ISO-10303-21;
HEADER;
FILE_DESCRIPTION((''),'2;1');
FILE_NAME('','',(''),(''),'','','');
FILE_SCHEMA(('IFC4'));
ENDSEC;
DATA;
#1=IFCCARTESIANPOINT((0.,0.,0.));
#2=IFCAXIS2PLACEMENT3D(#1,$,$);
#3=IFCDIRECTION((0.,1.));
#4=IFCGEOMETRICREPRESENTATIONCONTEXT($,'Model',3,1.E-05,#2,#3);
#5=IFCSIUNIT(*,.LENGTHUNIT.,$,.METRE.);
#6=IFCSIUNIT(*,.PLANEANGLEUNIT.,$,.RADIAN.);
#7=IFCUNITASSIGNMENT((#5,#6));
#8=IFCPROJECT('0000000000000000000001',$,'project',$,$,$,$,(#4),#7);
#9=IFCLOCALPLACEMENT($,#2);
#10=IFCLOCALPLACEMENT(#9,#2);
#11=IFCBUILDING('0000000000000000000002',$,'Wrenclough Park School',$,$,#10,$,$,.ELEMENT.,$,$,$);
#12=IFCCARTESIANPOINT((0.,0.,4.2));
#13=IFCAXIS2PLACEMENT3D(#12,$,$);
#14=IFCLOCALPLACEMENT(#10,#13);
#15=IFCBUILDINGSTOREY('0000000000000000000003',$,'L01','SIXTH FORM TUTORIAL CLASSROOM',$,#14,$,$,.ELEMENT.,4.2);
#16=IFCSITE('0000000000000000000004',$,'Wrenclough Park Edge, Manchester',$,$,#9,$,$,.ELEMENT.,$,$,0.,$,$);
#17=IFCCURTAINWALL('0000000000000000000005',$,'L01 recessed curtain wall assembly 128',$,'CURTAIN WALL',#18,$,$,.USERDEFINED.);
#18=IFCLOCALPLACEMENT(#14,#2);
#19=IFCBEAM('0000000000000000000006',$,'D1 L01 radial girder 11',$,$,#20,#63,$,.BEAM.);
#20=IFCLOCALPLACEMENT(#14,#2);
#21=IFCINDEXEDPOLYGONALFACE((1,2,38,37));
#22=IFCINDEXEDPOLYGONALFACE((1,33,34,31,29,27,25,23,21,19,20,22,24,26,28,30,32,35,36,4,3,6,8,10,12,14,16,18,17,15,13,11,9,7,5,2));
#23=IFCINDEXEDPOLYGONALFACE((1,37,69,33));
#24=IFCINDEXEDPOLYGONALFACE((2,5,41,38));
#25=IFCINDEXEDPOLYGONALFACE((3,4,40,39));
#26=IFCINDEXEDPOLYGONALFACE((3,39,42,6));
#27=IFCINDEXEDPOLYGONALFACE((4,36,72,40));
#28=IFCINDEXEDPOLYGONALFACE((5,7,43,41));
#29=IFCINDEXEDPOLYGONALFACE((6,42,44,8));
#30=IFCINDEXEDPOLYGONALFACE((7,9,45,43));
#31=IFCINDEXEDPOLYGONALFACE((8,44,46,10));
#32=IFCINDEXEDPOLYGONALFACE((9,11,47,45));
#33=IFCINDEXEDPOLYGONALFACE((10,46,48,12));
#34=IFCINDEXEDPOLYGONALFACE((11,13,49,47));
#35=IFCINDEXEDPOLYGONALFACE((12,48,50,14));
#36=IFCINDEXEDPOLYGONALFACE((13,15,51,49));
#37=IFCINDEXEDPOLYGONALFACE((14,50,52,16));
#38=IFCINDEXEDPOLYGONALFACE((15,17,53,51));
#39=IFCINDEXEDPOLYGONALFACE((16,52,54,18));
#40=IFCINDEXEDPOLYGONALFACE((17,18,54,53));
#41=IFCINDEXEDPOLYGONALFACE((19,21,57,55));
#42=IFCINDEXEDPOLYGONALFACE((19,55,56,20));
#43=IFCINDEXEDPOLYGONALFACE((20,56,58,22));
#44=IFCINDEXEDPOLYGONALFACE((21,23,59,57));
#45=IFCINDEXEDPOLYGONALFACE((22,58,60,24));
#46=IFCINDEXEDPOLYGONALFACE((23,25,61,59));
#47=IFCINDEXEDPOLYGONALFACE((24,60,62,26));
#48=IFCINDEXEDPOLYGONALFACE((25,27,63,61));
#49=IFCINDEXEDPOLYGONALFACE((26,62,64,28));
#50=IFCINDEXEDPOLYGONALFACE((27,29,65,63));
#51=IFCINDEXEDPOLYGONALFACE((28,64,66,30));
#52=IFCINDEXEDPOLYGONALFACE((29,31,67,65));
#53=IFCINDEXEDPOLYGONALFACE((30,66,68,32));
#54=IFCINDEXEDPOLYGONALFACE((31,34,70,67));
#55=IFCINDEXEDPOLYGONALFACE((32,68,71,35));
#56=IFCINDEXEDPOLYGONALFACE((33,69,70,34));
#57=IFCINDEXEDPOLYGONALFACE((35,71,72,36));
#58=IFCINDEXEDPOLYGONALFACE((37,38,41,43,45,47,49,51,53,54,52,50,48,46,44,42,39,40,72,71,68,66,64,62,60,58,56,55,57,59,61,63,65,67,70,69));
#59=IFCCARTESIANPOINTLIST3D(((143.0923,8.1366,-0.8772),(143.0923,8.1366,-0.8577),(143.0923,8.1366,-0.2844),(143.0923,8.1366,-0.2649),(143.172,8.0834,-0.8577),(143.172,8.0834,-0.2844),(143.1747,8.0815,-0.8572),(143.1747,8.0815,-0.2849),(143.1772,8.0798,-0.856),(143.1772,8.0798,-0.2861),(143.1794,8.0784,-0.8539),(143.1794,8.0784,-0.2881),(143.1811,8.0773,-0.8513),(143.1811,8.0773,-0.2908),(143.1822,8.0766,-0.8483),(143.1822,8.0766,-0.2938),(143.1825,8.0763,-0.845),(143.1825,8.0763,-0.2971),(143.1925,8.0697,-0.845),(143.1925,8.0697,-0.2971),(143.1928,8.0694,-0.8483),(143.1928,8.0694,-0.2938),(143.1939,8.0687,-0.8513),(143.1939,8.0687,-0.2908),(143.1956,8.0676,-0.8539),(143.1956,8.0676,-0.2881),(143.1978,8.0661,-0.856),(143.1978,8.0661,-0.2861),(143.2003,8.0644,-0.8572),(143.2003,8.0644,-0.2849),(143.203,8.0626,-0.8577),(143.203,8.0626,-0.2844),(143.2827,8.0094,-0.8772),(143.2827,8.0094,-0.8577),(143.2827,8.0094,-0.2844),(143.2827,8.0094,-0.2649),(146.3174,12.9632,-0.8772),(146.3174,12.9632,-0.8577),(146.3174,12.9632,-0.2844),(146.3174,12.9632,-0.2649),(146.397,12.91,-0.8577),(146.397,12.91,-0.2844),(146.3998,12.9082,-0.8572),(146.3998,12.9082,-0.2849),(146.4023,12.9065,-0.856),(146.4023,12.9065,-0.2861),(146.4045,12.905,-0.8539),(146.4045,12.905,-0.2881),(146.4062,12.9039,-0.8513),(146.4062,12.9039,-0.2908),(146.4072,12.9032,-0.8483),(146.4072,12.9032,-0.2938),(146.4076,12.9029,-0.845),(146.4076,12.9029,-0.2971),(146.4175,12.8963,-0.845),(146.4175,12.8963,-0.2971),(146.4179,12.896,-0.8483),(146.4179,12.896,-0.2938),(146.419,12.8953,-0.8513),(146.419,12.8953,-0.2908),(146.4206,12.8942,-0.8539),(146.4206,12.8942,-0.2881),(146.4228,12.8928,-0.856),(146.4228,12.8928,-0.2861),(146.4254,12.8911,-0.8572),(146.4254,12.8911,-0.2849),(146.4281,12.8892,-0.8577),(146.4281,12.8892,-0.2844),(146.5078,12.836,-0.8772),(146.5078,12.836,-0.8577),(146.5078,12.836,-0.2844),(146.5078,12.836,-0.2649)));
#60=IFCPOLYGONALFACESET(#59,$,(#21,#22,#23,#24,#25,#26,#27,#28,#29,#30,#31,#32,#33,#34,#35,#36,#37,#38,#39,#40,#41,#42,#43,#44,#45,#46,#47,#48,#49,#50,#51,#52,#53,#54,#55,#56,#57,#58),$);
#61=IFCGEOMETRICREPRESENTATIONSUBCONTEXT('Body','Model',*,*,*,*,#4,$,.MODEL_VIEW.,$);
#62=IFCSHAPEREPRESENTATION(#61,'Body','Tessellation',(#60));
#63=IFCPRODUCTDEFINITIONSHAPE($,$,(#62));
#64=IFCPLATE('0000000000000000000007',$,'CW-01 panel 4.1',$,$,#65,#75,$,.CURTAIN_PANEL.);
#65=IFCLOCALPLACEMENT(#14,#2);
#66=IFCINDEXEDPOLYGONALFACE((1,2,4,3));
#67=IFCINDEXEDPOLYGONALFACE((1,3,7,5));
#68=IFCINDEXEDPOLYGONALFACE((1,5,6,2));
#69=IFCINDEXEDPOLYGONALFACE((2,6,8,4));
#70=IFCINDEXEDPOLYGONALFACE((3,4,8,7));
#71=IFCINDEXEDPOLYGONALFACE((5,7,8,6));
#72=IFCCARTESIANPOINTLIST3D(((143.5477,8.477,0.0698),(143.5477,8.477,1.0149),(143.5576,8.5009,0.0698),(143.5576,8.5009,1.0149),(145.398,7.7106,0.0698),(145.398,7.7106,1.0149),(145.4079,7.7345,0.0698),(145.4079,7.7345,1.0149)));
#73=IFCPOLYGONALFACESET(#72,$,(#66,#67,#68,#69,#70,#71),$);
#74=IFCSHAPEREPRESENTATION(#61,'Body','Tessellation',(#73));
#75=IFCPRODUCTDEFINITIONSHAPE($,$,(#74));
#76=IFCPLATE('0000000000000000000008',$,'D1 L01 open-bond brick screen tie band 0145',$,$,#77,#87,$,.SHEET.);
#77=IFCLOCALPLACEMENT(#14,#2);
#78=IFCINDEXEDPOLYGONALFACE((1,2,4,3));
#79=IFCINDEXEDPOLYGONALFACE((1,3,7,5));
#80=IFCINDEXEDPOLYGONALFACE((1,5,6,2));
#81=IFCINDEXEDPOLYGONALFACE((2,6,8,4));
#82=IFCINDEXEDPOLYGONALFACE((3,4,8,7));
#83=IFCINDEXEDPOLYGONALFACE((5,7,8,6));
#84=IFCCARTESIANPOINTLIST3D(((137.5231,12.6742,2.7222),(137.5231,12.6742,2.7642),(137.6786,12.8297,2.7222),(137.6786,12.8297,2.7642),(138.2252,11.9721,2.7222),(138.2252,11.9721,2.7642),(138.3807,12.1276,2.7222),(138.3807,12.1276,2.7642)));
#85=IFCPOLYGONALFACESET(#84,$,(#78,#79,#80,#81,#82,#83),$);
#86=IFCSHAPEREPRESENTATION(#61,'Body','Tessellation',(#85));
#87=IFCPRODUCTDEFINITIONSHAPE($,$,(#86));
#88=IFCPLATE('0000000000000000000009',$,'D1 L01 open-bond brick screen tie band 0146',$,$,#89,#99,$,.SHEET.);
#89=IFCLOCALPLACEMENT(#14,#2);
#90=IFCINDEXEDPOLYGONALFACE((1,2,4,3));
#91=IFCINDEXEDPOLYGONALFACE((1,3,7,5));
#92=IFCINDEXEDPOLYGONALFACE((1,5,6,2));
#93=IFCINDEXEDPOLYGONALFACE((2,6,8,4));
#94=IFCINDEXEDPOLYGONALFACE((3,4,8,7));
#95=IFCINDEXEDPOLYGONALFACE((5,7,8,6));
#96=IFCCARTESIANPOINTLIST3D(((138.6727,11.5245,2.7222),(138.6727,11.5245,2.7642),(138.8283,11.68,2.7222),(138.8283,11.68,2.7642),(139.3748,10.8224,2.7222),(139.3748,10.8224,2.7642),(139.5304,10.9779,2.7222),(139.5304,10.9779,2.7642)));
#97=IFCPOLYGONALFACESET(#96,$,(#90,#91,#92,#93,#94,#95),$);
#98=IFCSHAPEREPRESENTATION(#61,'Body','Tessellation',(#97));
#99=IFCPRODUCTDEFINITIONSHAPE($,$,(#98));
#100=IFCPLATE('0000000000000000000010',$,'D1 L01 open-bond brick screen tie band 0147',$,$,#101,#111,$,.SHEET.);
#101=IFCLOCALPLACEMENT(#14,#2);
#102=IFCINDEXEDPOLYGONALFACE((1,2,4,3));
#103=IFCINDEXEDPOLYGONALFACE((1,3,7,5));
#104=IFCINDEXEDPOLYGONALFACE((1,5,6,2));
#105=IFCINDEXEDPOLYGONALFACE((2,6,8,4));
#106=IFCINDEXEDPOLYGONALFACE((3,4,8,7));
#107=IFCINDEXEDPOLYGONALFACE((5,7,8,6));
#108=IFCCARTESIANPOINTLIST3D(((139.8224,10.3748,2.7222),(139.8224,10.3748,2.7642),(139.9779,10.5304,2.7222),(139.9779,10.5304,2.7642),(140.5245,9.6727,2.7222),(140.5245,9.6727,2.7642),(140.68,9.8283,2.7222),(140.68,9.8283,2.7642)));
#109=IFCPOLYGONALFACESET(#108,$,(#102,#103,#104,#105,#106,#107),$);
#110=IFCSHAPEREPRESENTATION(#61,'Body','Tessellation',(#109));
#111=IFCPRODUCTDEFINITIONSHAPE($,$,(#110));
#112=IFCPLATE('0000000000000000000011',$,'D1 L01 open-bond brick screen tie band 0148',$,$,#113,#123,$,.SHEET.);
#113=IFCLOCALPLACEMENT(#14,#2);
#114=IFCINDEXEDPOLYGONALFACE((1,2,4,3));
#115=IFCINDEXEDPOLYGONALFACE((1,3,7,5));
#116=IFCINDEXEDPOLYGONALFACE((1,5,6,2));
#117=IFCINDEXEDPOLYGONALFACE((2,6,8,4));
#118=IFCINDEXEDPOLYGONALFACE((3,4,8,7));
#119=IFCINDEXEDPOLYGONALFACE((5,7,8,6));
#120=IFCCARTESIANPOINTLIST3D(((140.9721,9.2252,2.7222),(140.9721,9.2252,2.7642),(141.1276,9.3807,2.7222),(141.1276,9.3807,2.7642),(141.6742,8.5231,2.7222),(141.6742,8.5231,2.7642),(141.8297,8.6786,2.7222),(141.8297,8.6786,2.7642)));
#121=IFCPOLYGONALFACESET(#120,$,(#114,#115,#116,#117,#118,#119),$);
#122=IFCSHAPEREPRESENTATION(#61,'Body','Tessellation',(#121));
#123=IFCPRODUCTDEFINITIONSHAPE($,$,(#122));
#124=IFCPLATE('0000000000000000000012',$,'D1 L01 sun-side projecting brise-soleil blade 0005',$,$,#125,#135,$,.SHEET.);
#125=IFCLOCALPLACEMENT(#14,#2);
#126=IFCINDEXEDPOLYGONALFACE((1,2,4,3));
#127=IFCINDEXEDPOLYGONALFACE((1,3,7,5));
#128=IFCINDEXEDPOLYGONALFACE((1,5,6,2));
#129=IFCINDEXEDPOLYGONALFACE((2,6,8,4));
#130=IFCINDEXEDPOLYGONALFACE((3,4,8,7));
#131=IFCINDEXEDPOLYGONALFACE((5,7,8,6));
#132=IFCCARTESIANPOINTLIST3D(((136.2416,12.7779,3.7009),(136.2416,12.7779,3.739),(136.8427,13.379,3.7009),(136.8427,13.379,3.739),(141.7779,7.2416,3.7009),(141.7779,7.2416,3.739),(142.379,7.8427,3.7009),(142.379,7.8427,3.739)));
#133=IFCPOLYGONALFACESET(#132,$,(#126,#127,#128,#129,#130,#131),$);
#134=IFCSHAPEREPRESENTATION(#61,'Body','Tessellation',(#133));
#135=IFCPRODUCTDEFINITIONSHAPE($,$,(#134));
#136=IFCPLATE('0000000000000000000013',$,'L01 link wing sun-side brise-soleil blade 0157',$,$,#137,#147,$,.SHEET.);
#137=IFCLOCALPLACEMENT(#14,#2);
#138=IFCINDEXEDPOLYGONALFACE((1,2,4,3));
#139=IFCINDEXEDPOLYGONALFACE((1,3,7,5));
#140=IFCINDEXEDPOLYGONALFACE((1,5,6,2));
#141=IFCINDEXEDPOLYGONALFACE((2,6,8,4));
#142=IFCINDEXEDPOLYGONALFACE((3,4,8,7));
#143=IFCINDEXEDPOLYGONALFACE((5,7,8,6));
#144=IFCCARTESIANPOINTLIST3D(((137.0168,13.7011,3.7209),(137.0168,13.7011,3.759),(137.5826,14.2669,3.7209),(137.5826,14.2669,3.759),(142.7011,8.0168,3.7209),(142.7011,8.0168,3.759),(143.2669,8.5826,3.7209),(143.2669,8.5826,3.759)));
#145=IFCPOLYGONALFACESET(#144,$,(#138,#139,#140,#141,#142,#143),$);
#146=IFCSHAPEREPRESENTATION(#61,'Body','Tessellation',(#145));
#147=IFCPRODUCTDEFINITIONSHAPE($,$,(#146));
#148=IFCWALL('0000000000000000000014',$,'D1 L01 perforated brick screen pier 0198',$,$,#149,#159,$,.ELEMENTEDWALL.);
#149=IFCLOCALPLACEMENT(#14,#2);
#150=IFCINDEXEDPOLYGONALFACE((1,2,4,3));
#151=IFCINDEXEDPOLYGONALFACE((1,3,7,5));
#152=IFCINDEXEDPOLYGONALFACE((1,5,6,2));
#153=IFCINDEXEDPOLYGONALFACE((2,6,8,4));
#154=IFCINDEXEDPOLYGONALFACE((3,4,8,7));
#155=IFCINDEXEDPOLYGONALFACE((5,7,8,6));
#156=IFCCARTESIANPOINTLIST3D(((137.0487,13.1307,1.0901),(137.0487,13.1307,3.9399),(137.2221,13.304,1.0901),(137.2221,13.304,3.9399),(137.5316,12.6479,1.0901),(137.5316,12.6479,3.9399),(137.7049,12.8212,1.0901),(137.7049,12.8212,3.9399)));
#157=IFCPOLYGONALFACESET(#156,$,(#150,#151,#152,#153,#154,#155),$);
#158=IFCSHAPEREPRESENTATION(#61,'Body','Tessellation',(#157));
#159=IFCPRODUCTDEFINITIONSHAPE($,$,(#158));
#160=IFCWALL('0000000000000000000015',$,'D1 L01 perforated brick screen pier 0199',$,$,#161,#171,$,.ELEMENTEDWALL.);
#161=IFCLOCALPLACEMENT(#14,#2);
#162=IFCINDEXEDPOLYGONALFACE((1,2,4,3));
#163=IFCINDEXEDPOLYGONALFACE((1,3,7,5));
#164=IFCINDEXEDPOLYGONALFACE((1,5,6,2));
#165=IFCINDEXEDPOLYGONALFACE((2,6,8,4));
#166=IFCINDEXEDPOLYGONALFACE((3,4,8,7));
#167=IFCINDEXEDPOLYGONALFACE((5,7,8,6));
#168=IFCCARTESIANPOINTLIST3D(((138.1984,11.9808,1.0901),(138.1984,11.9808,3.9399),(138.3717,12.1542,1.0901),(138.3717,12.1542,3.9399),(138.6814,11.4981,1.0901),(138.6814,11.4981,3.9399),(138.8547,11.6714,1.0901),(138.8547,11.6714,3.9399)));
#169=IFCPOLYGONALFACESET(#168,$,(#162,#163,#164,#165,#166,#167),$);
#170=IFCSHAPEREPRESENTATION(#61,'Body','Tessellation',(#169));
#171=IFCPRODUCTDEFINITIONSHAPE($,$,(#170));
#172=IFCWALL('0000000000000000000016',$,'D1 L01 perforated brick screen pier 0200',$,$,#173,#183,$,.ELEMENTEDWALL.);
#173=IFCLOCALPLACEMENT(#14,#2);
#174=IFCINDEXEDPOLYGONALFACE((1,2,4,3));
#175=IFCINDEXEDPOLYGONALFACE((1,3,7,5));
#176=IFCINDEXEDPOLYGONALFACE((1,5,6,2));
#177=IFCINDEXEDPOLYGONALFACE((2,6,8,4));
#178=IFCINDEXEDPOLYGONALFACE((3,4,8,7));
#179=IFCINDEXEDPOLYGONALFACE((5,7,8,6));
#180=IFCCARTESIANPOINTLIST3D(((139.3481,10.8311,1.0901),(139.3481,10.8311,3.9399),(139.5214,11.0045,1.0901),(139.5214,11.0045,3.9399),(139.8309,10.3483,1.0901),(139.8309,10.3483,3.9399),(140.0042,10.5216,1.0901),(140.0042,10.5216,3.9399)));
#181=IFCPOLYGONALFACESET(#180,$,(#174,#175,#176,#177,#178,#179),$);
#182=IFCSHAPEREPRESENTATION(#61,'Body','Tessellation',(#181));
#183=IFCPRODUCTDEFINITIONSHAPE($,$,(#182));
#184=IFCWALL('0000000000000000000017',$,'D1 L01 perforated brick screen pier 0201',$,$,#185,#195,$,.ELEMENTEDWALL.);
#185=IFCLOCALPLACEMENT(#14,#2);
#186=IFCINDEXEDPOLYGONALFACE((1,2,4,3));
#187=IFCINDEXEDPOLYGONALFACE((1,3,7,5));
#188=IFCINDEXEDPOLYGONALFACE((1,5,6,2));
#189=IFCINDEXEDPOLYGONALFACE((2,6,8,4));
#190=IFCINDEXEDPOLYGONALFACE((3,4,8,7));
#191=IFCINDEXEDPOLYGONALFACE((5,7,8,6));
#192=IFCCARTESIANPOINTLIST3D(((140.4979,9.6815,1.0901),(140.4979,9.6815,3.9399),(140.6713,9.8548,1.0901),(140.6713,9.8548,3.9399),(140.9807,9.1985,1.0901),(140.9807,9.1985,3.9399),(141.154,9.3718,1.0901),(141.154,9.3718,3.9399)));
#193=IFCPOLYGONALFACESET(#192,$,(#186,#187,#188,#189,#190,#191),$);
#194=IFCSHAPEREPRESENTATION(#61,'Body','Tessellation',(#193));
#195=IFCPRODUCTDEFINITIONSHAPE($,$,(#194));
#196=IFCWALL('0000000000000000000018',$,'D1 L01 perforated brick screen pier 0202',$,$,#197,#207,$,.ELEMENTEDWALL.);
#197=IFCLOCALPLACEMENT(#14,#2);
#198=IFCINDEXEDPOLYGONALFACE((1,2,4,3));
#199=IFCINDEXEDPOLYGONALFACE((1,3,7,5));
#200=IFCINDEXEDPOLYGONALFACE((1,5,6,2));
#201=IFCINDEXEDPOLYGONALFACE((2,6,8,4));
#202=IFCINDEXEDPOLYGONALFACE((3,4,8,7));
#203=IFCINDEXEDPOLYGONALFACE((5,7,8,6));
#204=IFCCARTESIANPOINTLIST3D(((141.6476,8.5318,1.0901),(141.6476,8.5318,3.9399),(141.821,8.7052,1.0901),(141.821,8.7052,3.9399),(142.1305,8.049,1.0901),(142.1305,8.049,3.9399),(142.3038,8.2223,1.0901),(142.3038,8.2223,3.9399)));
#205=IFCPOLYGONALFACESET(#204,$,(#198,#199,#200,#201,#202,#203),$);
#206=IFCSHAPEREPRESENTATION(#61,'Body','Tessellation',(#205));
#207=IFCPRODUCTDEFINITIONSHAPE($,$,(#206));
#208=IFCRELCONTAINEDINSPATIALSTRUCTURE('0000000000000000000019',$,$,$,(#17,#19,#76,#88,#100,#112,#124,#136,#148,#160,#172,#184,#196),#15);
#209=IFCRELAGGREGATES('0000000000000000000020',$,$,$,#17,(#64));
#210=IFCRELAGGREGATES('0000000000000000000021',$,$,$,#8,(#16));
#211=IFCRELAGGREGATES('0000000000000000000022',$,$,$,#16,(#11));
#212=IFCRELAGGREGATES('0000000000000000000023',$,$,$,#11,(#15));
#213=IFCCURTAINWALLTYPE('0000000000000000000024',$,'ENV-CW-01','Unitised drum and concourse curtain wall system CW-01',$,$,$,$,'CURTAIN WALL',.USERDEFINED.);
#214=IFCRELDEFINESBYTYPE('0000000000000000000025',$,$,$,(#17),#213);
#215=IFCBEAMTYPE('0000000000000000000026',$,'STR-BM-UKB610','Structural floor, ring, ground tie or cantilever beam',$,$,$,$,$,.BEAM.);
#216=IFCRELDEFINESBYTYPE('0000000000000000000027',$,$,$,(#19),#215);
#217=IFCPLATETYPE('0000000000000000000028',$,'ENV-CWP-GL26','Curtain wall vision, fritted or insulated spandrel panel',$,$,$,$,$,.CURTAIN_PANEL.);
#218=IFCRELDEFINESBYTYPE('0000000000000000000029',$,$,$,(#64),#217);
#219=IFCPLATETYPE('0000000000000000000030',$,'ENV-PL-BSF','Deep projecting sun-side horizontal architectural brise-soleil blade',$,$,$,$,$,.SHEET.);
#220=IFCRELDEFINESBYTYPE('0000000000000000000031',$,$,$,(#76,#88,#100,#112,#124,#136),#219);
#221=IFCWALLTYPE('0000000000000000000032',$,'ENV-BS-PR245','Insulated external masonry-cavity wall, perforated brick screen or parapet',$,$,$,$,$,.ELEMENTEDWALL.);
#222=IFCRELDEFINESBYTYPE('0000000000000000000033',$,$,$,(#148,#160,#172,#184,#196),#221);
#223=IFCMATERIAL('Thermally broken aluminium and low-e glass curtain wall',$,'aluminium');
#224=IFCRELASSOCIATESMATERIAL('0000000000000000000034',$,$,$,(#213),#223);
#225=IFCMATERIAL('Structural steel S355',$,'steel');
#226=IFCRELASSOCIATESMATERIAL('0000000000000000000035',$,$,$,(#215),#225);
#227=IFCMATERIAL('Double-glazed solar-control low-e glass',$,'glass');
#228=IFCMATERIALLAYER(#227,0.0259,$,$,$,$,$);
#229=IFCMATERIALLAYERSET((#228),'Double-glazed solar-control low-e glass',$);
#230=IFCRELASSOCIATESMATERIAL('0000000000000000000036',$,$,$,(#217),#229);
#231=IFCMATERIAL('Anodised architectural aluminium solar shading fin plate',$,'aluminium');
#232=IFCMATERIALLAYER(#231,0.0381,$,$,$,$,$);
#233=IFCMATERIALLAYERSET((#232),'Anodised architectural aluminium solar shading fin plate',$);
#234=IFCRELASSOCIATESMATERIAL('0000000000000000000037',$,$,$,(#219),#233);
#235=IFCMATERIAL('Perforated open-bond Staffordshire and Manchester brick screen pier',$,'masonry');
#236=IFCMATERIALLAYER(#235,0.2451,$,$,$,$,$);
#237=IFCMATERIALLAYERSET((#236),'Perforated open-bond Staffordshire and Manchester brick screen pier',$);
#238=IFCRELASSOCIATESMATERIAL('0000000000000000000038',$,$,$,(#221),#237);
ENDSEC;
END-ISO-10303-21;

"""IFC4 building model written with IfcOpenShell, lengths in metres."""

from ifc_helpers import new_model, si_unit, direction, frame, frame_2d, origin, origin_2d, place, context, subcontext, project, spatial, rectangle, i_section, extrude, material, layer, layer_set, material_profile, profile_set, type_object, element, aggregate, save


model = new_model("IFC4")

# Units and contexts
model_context = context("Model", 3, precision=1e-05, world=origin(), true_north=direction((0.0, 1.0)))
body_context = subcontext(model_context, "Body", "Model", "MODEL_VIEW")
ifc_project = project(units=[si_unit("LENGTHUNIT", "METRE"), si_unit("PLANEANGLEUNIT", "RADIAN")], contexts=[model_context])

# Site, building, storey
site_placement = place(None, origin())
site = spatial("IfcSite", under=ifc_project, at=site_placement, Name="Wrenclough Park Edge, Manchester", CompositionType="ELEMENT", RefElevation=0.0)
building_placement = place(site_placement, origin())
building = spatial("IfcBuilding", under=site, at=building_placement, Name="Wrenclough Park School", CompositionType="ELEMENT")
storey_placement = place(building_placement, frame((0.0, 0.0, 4.2)))
storey = spatial("IfcBuildingStorey", under=building, at=storey_placement, Name="L01", Description="SIXTH FORM TUTORIAL CLASSROOM", CompositionType="ELEMENT", Elevation=4.2)

# Curtain wall
ifc_material_1 = material(Name="Thermally broken aluminium and low-e glass curtain wall", Category="aluminium")
curtain_wall_type_1 = type_object("IfcCurtainWallType", Name="ENV-CW-01", Description="Unitised drum and concourse curtain wall system CW-01", ElementType="CURTAIN WALL", PredefinedType="USERDEFINED", material=ifc_material_1)
curtain_wall_1_placement = place(storey_placement, origin())
curtain_wall_1 = element("IfcCurtainWall", 1, at=curtain_wall_1_placement, inside=storey, type_object=curtain_wall_type_1, Name="L01 recessed curtain wall assembly 128", ObjectType="CURTAIN WALL", PredefinedType="USERDEFINED")

# Beam
ifc_material_2 = material(Name="Structural steel S355", Category="steel")
ifc_material_profile_1 = material_profile(ifc_material_2, i_section(OverallWidth=0.229, OverallDepth=0.6123, WebThickness=0.012, FlangeThickness=0.0195, FilletRadius=0.0127, at=origin_2d()), Name="UKB 610x229x125")
ifc_profile_set_1 = profile_set([ifc_material_profile_1], Name="Structural steel S355")
beam_type_1 = type_object("IfcBeamType", Name="STR-BM-UKB610", Description="Structural floor, ring, ground tie or cantilever beam", PredefinedType="BEAM", material=ifc_profile_set_1)
for number, where, z_axis, x_axis, name in (
    (2, (143.1875, 8.073, -0.571), (0.555573, 0.831468, 0.0), (-0.831468, 0.555573, 0.0), "D1 L01 radial girder 11"),
):
    element("IfcBeam", number, at=place(storey_placement, frame(where, z_axis=z_axis, x_axis=x_axis)), inside=storey, type_object=beam_type_1, Name=name, PredefinedType="BEAM", context=body_context, shape_type="SweptSolid", body=[
        extrude(i_section(OverallWidth=0.229, OverallDepth=0.6123, WebThickness=0.012, FlangeThickness=0.0195, FilletRadius=0.0127, at=origin_2d()), origin(), (0.0, 0.0, 1.0), 5.8049),
    ])

# Plate
ifc_material_3 = material(Name="Double-glazed solar-control low-e glass", Category="glass")
ifc_layer_1 = layer(ifc_material_3, 0.0259)
ifc_layer_set_1 = layer_set([ifc_layer_1], Name="Double-glazed solar-control low-e glass")
plate_type_1 = type_object("IfcPlateType", Name="ENV-CWP-GL26", Description="Curtain wall vision, fritted or insulated spandrel panel", PredefinedType="CURTAIN_PANEL", material=ifc_layer_set_1)
plate_1_placement = place(storey_placement, frame((144.4778, 8.1057, 0.0698), z_axis=(0.0, 0.0, 1.0), x_axis=(-0.923878, 0.382687, 0.0)))
plate_1 = element("IfcPlate", 3, at=plate_1_placement, type_object=plate_type_1, Name="CW-01 panel 4.1", PredefinedType="CURTAIN_PANEL", context=body_context, shape_type="SweptSolid", body=[
    extrude(rectangle(XDim=2.0027, YDim=0.0259, at=origin_2d()), origin(), (0.0, 0.0, 1.0), 0.9451),
])
aggregate(curtain_wall_1, [plate_1])

# Plates
ifc_material_4 = material(Name="Anodised architectural aluminium solar shading fin plate", Category="aluminium")
ifc_layer_2 = layer(ifc_material_4, 0.0381)
ifc_layer_set_2 = layer_set([ifc_layer_2], Name="Anodised architectural aluminium solar shading fin plate")
plate_type_2 = type_object("IfcPlateType", Name="ENV-PL-BSF", Description="Deep projecting sun-side horizontal architectural brise-soleil blade", PredefinedType="SHEET", material=ifc_layer_set_2)
for number, where, z_axis, x_axis, name in (
    (4, (137.9519, 12.4009, 2.7222), (0.0, 0.0, 1.0), (0.707107, -0.707107, 0.0), "D1 L01 open-bond brick screen tie band 0145"),
    (5, (139.1016, 11.2512, 2.7222), (0.0, 0.0, 1.0), (0.707107, -0.707107, 0.0), "D1 L01 open-bond brick screen tie band 0146"),
    (6, (140.2512, 10.1016, 2.7222), (0.0, 0.0, 1.0), (0.707107, -0.707107, 0.0), "D1 L01 open-bond brick screen tie band 0147"),
    (7, (141.4009, 8.9519, 2.7222), (0.0, 0.0, 1.0), (0.707107, -0.707107, 0.0), "D1 L01 open-bond brick screen tie band 0148"),
):
    element("IfcPlate", number, at=place(storey_placement, frame(where, z_axis=z_axis, x_axis=x_axis)), inside=storey, type_object=plate_type_2, Name=name, PredefinedType="SHEET", context=body_context, shape_type="SweptSolid", body=[
        extrude(rectangle(XDim=0.9929, YDim=0.22, at=origin_2d()), origin(), (0.0, 0.0, 1.0), 0.042),
    ])
plate_2_placement = place(storey_placement, frame((139.3103, 10.3103, 3.7009), z_axis=(0.0, 0.0, 1.0), x_axis=(0.707107, -0.707107, 0.0)))
element("IfcPlate", 8, at=plate_2_placement, inside=storey, type_object=plate_type_2, Name="D1 L01 sun-side projecting brise-soleil blade 0005", PredefinedType="SHEET", context=body_context, shape_type="SweptSolid", body=[
    extrude(rectangle(XDim=7.8296, YDim=0.8501, at=origin_2d()), origin(), (0.0, 0.0, 1.0), 0.0381),
])
plate_3_placement = place(storey_placement, frame((140.1418, 11.1418, 3.7209), z_axis=(0.0, 0.0, 1.0), x_axis=(-0.707107, 0.707107, 0.0)))
element("IfcPlate", 9, at=plate_3_placement, inside=storey, type_object=plate_type_2, Name="L01 link wing sun-side brise-soleil blade 0157", PredefinedType="SHEET", context=body_context, shape_type="SweptSolid", body=[
    extrude(rectangle(XDim=8.0388, YDim=0.8, at=origin_2d()), origin(), (0.0, 0.0, 1.0), 0.0381),
])

# Walls
ifc_material_5 = material(Name="Perforated open-bond Staffordshire and Manchester brick screen pier", Category="masonry")
ifc_layer_3 = layer(ifc_material_5, 0.2451)
ifc_layer_set_3 = layer_set([ifc_layer_3], Name="Perforated open-bond Staffordshire and Manchester brick screen pier")
wall_type_1 = type_object("IfcWallType", Name="ENV-BS-PR245", Description="Insulated external masonry-cavity wall, perforated brick screen or parapet", PredefinedType="ELEMENTEDWALL", material=ifc_layer_set_3)
for number, where, z_axis, x_axis, name in (
    (10, (137.1355, 13.2173, 1.0901), (0.0, 0.0, 1.0), (0.707107, -0.707107, 0.0), "D1 L01 perforated brick screen pier 0198"),
    (11, (138.2852, 12.0674, 1.0901), (0.0, 0.0, 1.0), (0.707286, -0.706928, 0.0), "D1 L01 perforated brick screen pier 0199"),
    (12, (139.4348, 10.9177, 1.0901), (0.0, 0.0, 1.0), (0.707107, -0.707107, 0.0), "D1 L01 perforated brick screen pier 0200"),
    (13, (140.5847, 9.7681, 1.0901), (0.0, 0.0, 1.0), (0.706928, -0.707286, 0.0), "D1 L01 perforated brick screen pier 0201"),
    (14, (141.7344, 8.6184, 1.0901), (0.0, 0.0, 1.0), (0.707107, -0.707107, 0.0), "D1 L01 perforated brick screen pier 0202"),
):
    element("IfcWall", number, at=place(storey_placement, frame(where, z_axis=z_axis, x_axis=x_axis)), inside=storey, type_object=wall_type_1, Name=name, PredefinedType="ELEMENTEDWALL", context=body_context, shape_type="SweptSolid", body=[
        extrude(rectangle(XDim=0.6829, YDim=0.2451, at=frame_2d((0.3413, 0.0))), origin(), (0.0, 0.0, 1.0), 2.8499),
    ])

save(model, "model.ifc")
